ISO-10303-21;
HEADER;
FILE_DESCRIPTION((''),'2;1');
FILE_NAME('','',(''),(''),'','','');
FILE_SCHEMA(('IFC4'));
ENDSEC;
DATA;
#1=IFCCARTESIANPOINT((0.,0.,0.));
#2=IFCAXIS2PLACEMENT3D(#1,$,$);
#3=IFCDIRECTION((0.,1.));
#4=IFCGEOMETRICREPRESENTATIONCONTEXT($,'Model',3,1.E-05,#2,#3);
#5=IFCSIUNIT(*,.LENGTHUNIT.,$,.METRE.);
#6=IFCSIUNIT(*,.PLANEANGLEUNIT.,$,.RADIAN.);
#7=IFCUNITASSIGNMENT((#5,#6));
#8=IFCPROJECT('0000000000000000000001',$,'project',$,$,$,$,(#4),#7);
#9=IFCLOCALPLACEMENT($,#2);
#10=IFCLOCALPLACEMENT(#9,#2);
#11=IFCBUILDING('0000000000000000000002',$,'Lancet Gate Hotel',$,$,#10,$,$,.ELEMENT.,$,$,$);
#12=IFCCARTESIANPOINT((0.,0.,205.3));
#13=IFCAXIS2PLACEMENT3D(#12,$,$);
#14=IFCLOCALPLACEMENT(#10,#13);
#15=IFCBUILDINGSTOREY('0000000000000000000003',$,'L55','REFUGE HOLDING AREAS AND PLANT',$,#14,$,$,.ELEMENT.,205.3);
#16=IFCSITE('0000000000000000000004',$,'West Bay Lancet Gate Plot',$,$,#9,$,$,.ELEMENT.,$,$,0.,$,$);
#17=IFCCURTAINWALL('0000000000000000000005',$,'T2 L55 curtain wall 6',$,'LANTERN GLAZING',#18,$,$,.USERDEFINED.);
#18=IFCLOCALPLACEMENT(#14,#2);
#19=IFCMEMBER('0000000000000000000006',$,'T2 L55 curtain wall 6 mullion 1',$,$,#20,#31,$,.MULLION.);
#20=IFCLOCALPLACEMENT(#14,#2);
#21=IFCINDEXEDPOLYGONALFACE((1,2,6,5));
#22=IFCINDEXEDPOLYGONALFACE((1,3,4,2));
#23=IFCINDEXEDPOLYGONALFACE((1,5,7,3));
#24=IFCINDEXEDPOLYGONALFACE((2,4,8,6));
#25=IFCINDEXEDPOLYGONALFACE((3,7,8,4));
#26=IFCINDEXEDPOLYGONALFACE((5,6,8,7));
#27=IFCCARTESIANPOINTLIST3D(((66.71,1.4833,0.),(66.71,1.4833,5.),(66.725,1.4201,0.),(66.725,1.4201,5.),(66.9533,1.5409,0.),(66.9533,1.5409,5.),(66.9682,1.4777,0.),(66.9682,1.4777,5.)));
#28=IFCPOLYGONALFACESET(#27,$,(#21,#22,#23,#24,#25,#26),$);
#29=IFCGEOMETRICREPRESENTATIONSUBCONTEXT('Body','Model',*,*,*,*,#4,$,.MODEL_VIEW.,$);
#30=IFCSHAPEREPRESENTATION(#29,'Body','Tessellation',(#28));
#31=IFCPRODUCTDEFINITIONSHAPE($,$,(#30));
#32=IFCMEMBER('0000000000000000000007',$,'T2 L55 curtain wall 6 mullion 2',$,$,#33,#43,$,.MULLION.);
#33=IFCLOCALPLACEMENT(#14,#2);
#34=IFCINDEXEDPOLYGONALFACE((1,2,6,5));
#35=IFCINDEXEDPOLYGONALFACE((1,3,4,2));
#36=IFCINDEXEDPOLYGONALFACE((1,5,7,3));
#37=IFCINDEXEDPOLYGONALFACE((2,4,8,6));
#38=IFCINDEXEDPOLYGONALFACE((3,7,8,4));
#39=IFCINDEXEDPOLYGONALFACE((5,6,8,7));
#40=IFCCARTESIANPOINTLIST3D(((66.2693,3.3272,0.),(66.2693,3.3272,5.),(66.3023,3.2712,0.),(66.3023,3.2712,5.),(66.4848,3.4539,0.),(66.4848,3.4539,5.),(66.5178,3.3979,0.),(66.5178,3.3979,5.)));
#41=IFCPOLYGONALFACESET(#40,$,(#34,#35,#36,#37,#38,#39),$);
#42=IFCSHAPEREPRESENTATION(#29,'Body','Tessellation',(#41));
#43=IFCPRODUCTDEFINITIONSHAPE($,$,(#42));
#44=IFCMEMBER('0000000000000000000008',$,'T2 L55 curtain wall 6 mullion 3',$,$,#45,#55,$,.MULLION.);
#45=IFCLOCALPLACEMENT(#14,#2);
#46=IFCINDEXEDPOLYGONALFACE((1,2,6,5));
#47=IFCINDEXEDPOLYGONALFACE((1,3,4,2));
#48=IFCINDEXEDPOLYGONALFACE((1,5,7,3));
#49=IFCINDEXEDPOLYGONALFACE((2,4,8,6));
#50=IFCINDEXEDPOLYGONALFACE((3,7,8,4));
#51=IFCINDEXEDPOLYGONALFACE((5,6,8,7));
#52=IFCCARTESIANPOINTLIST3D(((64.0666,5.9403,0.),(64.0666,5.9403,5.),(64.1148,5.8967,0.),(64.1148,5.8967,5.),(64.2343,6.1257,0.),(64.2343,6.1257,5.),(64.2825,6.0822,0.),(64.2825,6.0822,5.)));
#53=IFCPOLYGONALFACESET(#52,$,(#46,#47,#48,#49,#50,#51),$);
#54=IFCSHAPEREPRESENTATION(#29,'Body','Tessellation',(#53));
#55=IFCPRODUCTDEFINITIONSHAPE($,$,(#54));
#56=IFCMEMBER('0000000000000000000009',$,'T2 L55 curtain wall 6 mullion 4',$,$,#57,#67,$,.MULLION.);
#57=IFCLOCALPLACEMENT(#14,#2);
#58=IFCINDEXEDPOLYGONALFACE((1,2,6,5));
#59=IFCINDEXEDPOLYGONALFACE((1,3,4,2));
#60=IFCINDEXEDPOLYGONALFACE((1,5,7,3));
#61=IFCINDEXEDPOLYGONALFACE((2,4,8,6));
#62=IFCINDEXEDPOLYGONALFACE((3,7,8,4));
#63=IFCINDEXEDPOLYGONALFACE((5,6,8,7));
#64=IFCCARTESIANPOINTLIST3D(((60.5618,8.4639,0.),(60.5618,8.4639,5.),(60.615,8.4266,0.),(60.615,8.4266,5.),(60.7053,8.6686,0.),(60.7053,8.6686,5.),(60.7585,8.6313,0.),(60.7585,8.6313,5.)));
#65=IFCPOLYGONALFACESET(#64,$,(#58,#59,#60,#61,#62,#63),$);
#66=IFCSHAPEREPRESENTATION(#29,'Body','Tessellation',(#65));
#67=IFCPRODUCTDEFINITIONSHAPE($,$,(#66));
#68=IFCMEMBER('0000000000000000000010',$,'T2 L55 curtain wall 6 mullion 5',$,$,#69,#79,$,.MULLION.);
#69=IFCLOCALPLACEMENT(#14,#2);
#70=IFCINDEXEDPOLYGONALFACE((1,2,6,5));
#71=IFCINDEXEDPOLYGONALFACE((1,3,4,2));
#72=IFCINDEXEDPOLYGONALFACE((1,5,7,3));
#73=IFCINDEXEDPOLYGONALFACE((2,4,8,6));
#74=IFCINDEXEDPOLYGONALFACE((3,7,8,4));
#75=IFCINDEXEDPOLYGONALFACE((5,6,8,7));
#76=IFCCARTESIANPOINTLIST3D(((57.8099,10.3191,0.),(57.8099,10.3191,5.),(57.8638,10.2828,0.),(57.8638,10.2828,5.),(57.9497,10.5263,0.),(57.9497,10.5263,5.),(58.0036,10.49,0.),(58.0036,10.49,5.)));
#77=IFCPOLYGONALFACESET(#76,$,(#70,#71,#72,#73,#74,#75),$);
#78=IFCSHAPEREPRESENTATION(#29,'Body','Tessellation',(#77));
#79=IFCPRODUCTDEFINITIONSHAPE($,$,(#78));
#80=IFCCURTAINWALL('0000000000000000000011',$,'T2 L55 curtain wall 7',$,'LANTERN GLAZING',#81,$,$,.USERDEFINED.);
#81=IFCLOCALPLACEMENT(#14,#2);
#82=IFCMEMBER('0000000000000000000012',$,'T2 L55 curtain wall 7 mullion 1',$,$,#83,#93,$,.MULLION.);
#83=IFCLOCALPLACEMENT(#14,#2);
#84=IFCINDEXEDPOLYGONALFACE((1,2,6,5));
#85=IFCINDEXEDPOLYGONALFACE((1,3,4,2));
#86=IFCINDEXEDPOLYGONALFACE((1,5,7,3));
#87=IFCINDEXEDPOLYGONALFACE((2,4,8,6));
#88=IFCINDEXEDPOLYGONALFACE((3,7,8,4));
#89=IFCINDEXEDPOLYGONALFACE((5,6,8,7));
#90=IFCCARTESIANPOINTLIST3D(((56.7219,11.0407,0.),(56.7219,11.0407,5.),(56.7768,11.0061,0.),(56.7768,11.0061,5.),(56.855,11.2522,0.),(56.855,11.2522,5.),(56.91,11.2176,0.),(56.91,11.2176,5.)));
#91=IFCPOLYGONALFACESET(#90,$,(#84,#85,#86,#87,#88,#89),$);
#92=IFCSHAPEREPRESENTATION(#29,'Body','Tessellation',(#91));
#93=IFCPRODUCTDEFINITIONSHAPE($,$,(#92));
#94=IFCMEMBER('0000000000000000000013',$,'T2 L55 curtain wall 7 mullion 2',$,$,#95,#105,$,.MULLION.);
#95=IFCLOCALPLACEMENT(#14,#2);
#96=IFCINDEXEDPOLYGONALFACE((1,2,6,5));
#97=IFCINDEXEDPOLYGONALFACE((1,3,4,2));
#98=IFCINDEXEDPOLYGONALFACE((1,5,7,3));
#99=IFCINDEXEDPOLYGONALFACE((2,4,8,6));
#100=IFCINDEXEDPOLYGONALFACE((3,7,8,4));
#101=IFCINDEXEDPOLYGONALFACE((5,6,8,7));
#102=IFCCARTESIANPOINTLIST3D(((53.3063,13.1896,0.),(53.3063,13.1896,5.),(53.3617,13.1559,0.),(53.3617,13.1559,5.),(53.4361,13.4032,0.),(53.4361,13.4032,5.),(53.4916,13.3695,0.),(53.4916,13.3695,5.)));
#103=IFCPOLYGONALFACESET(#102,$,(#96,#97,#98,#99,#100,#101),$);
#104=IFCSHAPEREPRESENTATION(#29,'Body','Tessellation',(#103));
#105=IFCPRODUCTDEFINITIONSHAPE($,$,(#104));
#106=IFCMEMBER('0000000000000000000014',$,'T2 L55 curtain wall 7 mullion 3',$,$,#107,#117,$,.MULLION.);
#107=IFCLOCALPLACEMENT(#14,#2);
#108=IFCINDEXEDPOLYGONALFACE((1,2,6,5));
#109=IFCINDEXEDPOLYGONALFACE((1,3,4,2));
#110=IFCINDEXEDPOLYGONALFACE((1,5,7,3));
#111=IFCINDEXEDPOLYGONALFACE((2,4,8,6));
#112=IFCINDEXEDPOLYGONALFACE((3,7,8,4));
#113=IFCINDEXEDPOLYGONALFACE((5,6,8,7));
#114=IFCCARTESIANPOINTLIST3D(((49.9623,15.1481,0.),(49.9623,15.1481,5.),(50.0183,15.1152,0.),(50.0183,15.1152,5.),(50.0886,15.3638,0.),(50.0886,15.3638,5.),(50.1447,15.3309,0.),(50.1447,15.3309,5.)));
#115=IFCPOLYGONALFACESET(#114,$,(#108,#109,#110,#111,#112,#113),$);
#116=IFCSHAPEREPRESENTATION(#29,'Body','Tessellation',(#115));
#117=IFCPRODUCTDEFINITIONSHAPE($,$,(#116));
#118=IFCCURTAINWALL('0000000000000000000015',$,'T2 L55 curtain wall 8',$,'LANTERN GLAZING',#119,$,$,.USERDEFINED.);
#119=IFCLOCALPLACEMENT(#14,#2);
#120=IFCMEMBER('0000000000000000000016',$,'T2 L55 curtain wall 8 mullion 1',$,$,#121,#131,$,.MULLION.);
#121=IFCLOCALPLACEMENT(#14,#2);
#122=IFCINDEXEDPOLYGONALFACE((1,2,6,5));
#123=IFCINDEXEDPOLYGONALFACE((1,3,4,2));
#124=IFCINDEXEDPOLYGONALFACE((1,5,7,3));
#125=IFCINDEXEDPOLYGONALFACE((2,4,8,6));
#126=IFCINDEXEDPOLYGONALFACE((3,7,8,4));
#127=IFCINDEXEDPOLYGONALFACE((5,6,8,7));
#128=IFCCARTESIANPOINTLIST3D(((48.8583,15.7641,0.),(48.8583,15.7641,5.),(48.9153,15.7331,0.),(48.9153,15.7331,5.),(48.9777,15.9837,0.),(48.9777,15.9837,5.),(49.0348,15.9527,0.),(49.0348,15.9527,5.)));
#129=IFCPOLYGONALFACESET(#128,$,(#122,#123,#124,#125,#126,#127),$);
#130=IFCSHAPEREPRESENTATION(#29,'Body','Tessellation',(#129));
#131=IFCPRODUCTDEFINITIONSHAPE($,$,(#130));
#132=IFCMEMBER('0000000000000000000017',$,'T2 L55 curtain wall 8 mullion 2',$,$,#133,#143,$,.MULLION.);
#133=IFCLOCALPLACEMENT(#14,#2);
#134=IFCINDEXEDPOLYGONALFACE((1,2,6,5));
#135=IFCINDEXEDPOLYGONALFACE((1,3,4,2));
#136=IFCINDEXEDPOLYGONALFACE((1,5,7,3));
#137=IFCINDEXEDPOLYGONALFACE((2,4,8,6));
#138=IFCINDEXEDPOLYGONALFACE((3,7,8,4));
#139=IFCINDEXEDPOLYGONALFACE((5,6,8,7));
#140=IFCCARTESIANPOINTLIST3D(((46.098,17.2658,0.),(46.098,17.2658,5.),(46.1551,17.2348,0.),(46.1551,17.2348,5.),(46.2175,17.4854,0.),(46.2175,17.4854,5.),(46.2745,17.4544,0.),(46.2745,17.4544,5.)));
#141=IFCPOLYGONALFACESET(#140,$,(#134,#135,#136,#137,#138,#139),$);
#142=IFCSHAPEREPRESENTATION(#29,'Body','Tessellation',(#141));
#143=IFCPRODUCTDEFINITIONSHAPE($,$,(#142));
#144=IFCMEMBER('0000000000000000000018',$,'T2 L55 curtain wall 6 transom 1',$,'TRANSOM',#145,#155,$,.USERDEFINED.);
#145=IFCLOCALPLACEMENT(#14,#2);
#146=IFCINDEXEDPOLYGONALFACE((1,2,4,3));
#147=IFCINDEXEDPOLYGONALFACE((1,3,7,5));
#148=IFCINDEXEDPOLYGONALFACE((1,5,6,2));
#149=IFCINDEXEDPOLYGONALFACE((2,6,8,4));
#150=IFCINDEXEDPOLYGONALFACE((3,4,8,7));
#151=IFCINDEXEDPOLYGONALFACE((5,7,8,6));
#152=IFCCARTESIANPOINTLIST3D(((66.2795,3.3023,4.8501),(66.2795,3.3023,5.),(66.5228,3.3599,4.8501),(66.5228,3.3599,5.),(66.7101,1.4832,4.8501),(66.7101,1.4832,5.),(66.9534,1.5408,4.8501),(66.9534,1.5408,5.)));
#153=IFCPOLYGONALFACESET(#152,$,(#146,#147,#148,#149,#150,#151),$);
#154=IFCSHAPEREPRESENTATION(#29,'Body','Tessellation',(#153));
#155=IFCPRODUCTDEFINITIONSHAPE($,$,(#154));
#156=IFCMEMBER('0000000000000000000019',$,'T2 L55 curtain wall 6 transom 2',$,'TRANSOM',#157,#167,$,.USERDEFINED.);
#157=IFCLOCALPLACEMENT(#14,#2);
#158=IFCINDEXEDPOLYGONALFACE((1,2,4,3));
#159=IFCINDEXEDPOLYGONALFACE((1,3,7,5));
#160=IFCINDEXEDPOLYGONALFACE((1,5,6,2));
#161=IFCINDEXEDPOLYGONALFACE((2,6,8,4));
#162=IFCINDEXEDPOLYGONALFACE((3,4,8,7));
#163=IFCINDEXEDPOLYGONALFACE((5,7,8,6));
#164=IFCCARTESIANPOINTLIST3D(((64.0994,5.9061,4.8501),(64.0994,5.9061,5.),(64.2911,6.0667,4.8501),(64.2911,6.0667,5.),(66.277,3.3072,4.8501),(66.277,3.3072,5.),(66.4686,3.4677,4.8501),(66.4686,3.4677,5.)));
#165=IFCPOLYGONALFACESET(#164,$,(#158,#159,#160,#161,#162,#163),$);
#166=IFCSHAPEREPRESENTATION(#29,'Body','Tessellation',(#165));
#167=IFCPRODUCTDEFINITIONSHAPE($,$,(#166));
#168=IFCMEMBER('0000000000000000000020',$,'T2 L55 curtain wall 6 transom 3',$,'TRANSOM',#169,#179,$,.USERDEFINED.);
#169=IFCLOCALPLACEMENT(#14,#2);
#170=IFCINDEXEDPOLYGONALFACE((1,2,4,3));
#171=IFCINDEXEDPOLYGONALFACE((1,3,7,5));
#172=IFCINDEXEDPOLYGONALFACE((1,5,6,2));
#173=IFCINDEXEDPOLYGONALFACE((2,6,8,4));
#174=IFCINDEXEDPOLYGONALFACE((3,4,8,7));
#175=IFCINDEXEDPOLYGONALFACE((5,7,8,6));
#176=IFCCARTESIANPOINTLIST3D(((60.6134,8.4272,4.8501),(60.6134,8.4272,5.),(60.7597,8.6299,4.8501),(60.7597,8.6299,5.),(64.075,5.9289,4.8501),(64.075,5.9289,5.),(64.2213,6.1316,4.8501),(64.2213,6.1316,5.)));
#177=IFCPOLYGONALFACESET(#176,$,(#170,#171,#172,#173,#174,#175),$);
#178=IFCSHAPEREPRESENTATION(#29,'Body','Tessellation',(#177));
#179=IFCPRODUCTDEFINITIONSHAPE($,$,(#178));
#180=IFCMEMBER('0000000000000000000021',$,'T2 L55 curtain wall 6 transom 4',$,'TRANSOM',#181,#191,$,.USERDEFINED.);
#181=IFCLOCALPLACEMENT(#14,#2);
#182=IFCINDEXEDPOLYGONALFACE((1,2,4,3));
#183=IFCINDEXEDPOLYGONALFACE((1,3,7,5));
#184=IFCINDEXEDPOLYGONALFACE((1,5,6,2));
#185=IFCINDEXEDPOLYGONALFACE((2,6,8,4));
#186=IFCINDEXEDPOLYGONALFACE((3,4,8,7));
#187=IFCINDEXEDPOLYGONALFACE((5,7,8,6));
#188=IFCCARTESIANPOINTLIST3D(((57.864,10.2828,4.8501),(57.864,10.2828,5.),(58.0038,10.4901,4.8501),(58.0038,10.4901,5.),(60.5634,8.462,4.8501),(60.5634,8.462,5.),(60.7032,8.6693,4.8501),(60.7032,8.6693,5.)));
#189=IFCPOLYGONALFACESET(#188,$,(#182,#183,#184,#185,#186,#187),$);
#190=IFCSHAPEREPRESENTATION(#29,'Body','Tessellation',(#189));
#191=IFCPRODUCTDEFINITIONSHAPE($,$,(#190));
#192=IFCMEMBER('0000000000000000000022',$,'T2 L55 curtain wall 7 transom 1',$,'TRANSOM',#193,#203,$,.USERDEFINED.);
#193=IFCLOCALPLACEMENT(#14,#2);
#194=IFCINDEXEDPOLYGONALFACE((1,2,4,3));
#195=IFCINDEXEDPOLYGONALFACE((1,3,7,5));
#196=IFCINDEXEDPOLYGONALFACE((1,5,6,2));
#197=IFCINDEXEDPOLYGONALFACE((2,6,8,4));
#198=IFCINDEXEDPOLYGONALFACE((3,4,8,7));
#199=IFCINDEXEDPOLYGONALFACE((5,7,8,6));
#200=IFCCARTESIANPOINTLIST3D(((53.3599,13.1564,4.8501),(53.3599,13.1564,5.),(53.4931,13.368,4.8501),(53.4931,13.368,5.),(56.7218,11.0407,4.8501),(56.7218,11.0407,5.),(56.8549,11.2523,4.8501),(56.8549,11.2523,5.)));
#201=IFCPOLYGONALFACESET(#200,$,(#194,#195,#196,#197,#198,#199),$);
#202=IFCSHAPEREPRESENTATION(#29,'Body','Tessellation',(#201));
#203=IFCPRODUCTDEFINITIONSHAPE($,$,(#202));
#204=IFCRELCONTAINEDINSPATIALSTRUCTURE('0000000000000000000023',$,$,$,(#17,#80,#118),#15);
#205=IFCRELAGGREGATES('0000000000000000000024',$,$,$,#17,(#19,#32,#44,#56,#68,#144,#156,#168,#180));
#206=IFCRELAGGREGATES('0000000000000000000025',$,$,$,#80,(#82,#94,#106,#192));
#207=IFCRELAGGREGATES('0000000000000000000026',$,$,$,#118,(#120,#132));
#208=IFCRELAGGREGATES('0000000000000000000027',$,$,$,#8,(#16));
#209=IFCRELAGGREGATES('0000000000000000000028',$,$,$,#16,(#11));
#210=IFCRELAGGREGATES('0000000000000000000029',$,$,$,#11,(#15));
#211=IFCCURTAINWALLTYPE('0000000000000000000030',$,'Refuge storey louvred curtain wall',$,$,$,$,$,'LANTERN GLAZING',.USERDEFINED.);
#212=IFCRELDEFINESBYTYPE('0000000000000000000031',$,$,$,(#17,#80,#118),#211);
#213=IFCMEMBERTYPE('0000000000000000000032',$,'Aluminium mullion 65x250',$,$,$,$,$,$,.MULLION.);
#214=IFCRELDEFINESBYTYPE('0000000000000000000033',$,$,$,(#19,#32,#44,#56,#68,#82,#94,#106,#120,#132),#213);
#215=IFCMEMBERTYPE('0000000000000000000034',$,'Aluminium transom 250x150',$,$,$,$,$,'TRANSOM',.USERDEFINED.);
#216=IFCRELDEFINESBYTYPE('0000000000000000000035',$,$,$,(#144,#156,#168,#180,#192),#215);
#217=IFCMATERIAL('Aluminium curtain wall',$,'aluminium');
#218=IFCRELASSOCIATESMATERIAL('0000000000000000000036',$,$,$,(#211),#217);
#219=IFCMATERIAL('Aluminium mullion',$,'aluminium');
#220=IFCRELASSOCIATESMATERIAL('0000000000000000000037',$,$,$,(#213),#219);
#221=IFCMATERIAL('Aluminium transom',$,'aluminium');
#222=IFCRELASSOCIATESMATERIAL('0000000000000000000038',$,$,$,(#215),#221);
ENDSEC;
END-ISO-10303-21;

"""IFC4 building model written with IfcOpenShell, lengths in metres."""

from ifc_helpers import new_model, si_unit, direction, frame, origin, origin_2d, place, context, subcontext, project, spatial, rectangle, extrude, material, material_profile, profile_set, type_object, element, aggregate, save


model = new_model("IFC4")

# Units and contexts
model_context = context("Model", 3, precision=1e-05, world=origin(), true_north=direction((0.0, 1.0)))
body_context = subcontext(model_context, "Body", "Model", "MODEL_VIEW")
ifc_project = project(units=[si_unit("LENGTHUNIT", "METRE"), si_unit("PLANEANGLEUNIT", "RADIAN")], contexts=[model_context])

# Site, building, storey
site_placement = place(None, origin())
site = spatial("IfcSite", under=ifc_project, at=site_placement, Name="West Bay Lancet Gate Plot", CompositionType="ELEMENT", RefElevation=0.0)
building_placement = place(site_placement, origin())
building = spatial("IfcBuilding", under=site, at=building_placement, Name="Lancet Gate Hotel", CompositionType="ELEMENT")
storey_placement = place(building_placement, frame((0.0, 0.0, 205.3)))
storey = spatial("IfcBuildingStorey", under=building, at=storey_placement, Name="L55", Description="REFUGE HOLDING AREAS AND PLANT", CompositionType="ELEMENT", Elevation=205.3)

# Curtain walls, members
ifc_material_1 = material(Name="Aluminium curtain wall", Category="aluminium")
curtain_wall_type = type_object("IfcCurtainWallType", Name="Refuge storey louvred curtain wall", ElementType="LANTERN GLAZING", PredefinedType="USERDEFINED", material=ifc_material_1)
curtain_wall_1_placement = place(storey_placement, origin())
curtain_wall_1 = element("IfcCurtainWall", 1, at=curtain_wall_1_placement, inside=storey, type_object=curtain_wall_type, Name="T2 L55 curtain wall 6", ObjectType="LANTERN GLAZING", PredefinedType="USERDEFINED")
ifc_material_2 = material(Name="Aluminium mullion", Category="aluminium")
ifc_material_profile_1 = material_profile(ifc_material_2, rectangle(XDim=0.0649, YDim=0.25, at=origin_2d()), Name="MULLION 65x250")
ifc_profile_set_1 = profile_set([ifc_material_profile_1], Name="Aluminium mullion")
member_type_1 = type_object("IfcMemberType", Name="Aluminium mullion 65x250", PredefinedType="MULLION", material=ifc_profile_set_1)
member_1_placement = place(storey_placement, frame((66.8391, 1.4805, 0.0), z_axis=(0.0, 0.0, 1.0), x_axis=(-0.230367, 0.973104, 0.0)))
member_1 = element("IfcMember", 2, at=member_1_placement, type_object=member_type_1, Name="T2 L55 curtain wall 6 mullion 1", PredefinedType="MULLION", context=body_context, shape_type="SweptSolid", body=[
    extrude(rectangle(XDim=0.0649, YDim=0.25, at=origin_2d()), origin(), (0.0, 0.0, 1.0), 5.0),
])
member_2_placement = place(storey_placement, frame((66.3936, 3.3625, 0.0), z_axis=(0.0, 0.0, 1.0), x_axis=(-0.506941, 0.861981, 0.0)))
member_2 = element("IfcMember", 3, at=member_2_placement, type_object=member_type_1, Name="T2 L55 curtain wall 6 mullion 2", PredefinedType="MULLION", context=body_context, shape_type="SweptSolid", body=[
    extrude(rectangle(XDim=0.0649, YDim=0.25, at=origin_2d()), origin(), (0.0, 0.0, 1.0), 5.0),
])
member_3_placement = place(storey_placement, frame((64.1746, 6.0112, 0.0), z_axis=(0.0, 0.0, 1.0), x_axis=(-0.741693, 0.670739, 0.0)))
member_3 = element("IfcMember", 4, at=member_3_placement, type_object=member_type_1, Name="T2 L55 curtain wall 6 mullion 3", PredefinedType="MULLION", context=body_context, shape_type="SweptSolid", body=[
    extrude(rectangle(XDim=0.0649, YDim=0.25, at=origin_2d()), origin(), (0.0, 0.0, 1.0), 5.0),
])
member_4_placement = place(storey_placement, frame((60.6602, 8.5476, 0.0), z_axis=(0.0, 0.0, 1.0), x_axis=(-0.818866, 0.573985, 0.0)))
member_4 = element("IfcMember", 5, at=member_4_placement, type_object=member_type_1, Name="T2 L55 curtain wall 6 mullion 4", PredefinedType="MULLION", context=body_context, shape_type="SweptSolid", body=[
    extrude(rectangle(XDim=0.0649, YDim=0.25, at=origin_2d()), origin(), (0.0, 0.0, 1.0), 5.0),
])
member_5_placement = place(storey_placement, frame((57.9067, 10.4045, 0.0), z_axis=(0.0, 0.0, 1.0), x_axis=(-0.829039, 0.559191, 0.0)))
member_5 = element("IfcMember", 6, at=member_5_placement, type_object=member_type_1, Name="T2 L55 curtain wall 6 mullion 5", PredefinedType="MULLION", context=body_context, shape_type="SweptSolid", body=[
    extrude(rectangle(XDim=0.0649, YDim=0.25, at=origin_2d()), origin(), (0.0, 0.0, 1.0), 5.0),
])
curtain_wall_2_placement = place(storey_placement, origin())
curtain_wall_2 = element("IfcCurtainWall", 7, at=curtain_wall_2_placement, inside=storey, type_object=curtain_wall_type, Name="T2 L55 curtain wall 7", ObjectType="LANTERN GLAZING", PredefinedType="USERDEFINED")
member_6_placement = place(storey_placement, frame((56.8159, 11.1292, 0.0), z_axis=(0.0, 0.0, 1.0), x_axis=(-0.846352, 0.532623, 0.0)))
member_6 = element("IfcMember", 8, at=member_6_placement, type_object=member_type_1, Name="T2 L55 curtain wall 7 mullion 1", PredefinedType="MULLION", context=body_context, shape_type="SweptSolid", body=[
    extrude(rectangle(XDim=0.0649, YDim=0.25, at=origin_2d()), origin(), (0.0, 0.0, 1.0), 5.0),
])
member_7_placement = place(storey_placement, frame((53.3989, 13.2795, 0.0), z_axis=(0.0, 0.0, 1.0), x_axis=(-0.854525, 0.51941, 0.0)))
member_7 = element("IfcMember", 9, at=member_7_placement, type_object=member_type_1, Name="T2 L55 curtain wall 7 mullion 2", PredefinedType="MULLION", context=body_context, shape_type="SweptSolid", body=[
    extrude(rectangle(XDim=0.0649, YDim=0.25, at=origin_2d()), origin(), (0.0, 0.0, 1.0), 5.0),
])
member_8_placement = place(storey_placement, frame((50.0535, 15.2395, 0.0), z_axis=(0.0, 0.0, 1.0), x_axis=(-0.862815, 0.50552, 0.0)))
member_8 = element("IfcMember", 10, at=member_8_placement, type_object=member_type_1, Name="T2 L55 curtain wall 7 mullion 3", PredefinedType="MULLION", context=body_context, shape_type="SweptSolid", body=[
    extrude(rectangle(XDim=0.0649, YDim=0.25, at=origin_2d()), origin(), (0.0, 0.0, 1.0), 5.0),
])
curtain_wall_3_placement = place(storey_placement, origin())
curtain_wall_3 = element("IfcCurtainWall", 11, at=curtain_wall_3_placement, inside=storey, type_object=curtain_wall_type, Name="T2 L55 curtain wall 8", ObjectType="LANTERN GLAZING", PredefinedType="USERDEFINED")
member_9_placement = place(storey_placement, frame((48.9465, 15.8584, 0.0), z_axis=(0.0, 0.0, 1.0), x_axis=(-0.87841, 0.477908, 0.0)))
member_9 = element("IfcMember", 12, at=member_9_placement, type_object=member_type_1, Name="T2 L55 curtain wall 8 mullion 1", PredefinedType="MULLION", context=body_context, shape_type="SweptSolid", body=[
    extrude(rectangle(XDim=0.0649, YDim=0.25, at=origin_2d()), origin(), (0.0, 0.0, 1.0), 5.0),
])
member_10_placement = place(storey_placement, frame((46.1863, 17.3601, 0.0), z_axis=(0.0, 0.0, 1.0), x_axis=(-0.87841, 0.477908, 0.0)))
member_10 = element("IfcMember", 13, at=member_10_placement, type_object=member_type_1, Name="T2 L55 curtain wall 8 mullion 2", PredefinedType="MULLION", context=body_context, shape_type="SweptSolid", body=[
    extrude(rectangle(XDim=0.0649, YDim=0.25, at=origin_2d()), origin(), (0.0, 0.0, 1.0), 5.0),
])

# Members
ifc_material_3 = material(Name="Aluminium transom", Category="aluminium")
ifc_material_profile_2 = material_profile(ifc_material_3, rectangle(XDim=0.25, YDim=0.1499, at=origin_2d()), Name="TRANSOM 250x150")
ifc_profile_set_2 = profile_set([ifc_material_profile_2], Name="Aluminium transom")
member_type_2 = type_object("IfcMemberType", Name="Aluminium transom 250x150", ElementType="TRANSOM", PredefinedType="USERDEFINED", material=ifc_profile_set_2)
member_11_placement = place(storey_placement, frame((66.8318, 1.512, 4.925), z_axis=(-0.230379, 0.973101, 0.0), x_axis=(-0.973101, -0.230379, 0.0)))
member_11 = element("IfcMember", 14, at=member_11_placement, type_object=member_type_2, Name="T2 L55 curtain wall 6 transom 1", ObjectType="TRANSOM", PredefinedType="USERDEFINED", context=body_context, shape_type="SweptSolid", body=[
    extrude(rectangle(XDim=0.25, YDim=0.1499, at=origin_2d()), origin(), (0.0, 0.0, 1.0), 1.8694),
])
member_12_placement = place(storey_placement, frame((66.3728, 3.3875, 4.925), z_axis=(-0.642229, 0.766513, 0.0), x_axis=(-0.766513, -0.642229, 0.0)))
member_12 = element("IfcMember", 15, at=member_12_placement, type_object=member_type_2, Name="T2 L55 curtain wall 6 transom 2", ObjectType="TRANSOM", PredefinedType="USERDEFINED", context=body_context, shape_type="SweptSolid", body=[
    extrude(rectangle(XDim=0.25, YDim=0.1499, at=origin_2d()), origin(), (0.0, 0.0, 1.0), 3.3906),
])
member_13_placement = place(storey_placement, frame((64.1482, 6.0303, 4.925), z_axis=(-0.81088, 0.585213, 0.0), x_axis=(-0.585213, -0.81088, 0.0)))
member_13 = element("IfcMember", 16, at=member_13_placement, type_object=member_type_2, Name="T2 L55 curtain wall 6 transom 3", ObjectType="TRANSOM", PredefinedType="USERDEFINED", context=body_context, shape_type="SweptSolid", body=[
    extrude(rectangle(XDim=0.25, YDim=0.1499, at=origin_2d()), origin(), (0.0, 0.0, 1.0), 4.269),
])
member_14_placement = place(storey_placement, frame((60.6333, 8.5657, 4.925), z_axis=(-0.829039, 0.559191, 0.0), x_axis=(-0.559191, -0.829039, 0.0)))
member_14 = element("IfcMember", 17, at=member_14_placement, type_object=member_type_2, Name="T2 L55 curtain wall 6 transom 4", ObjectType="TRANSOM", PredefinedType="USERDEFINED", context=body_context, shape_type="SweptSolid", body=[
    extrude(rectangle(XDim=0.25, YDim=0.1499, at=origin_2d()), origin(), (0.0, 0.0, 1.0), 3.2561),
])
member_15_placement = place(storey_placement, frame((56.7883, 11.1465, 4.925), z_axis=(-0.846344, 0.532637, 0.0), x_axis=(-0.532637, -0.846344, 0.0)))
member_15 = element("IfcMember", 18, at=member_15_placement, type_object=member_type_2, Name="T2 L55 curtain wall 7 transom 1", ObjectType="TRANSOM", PredefinedType="USERDEFINED", context=body_context, shape_type="SweptSolid", body=[
    extrude(rectangle(XDim=0.25, YDim=0.1499, at=origin_2d()), origin(), (0.0, 0.0, 1.0), 3.9722),
])

aggregate(curtain_wall_1, [member_1, member_2, member_3, member_4, member_5, member_11, member_12, member_13, member_14])
aggregate(curtain_wall_2, [member_6, member_7, member_8, member_15])
aggregate(curtain_wall_3, [member_9, member_10])

save(model, "model.ifc")
